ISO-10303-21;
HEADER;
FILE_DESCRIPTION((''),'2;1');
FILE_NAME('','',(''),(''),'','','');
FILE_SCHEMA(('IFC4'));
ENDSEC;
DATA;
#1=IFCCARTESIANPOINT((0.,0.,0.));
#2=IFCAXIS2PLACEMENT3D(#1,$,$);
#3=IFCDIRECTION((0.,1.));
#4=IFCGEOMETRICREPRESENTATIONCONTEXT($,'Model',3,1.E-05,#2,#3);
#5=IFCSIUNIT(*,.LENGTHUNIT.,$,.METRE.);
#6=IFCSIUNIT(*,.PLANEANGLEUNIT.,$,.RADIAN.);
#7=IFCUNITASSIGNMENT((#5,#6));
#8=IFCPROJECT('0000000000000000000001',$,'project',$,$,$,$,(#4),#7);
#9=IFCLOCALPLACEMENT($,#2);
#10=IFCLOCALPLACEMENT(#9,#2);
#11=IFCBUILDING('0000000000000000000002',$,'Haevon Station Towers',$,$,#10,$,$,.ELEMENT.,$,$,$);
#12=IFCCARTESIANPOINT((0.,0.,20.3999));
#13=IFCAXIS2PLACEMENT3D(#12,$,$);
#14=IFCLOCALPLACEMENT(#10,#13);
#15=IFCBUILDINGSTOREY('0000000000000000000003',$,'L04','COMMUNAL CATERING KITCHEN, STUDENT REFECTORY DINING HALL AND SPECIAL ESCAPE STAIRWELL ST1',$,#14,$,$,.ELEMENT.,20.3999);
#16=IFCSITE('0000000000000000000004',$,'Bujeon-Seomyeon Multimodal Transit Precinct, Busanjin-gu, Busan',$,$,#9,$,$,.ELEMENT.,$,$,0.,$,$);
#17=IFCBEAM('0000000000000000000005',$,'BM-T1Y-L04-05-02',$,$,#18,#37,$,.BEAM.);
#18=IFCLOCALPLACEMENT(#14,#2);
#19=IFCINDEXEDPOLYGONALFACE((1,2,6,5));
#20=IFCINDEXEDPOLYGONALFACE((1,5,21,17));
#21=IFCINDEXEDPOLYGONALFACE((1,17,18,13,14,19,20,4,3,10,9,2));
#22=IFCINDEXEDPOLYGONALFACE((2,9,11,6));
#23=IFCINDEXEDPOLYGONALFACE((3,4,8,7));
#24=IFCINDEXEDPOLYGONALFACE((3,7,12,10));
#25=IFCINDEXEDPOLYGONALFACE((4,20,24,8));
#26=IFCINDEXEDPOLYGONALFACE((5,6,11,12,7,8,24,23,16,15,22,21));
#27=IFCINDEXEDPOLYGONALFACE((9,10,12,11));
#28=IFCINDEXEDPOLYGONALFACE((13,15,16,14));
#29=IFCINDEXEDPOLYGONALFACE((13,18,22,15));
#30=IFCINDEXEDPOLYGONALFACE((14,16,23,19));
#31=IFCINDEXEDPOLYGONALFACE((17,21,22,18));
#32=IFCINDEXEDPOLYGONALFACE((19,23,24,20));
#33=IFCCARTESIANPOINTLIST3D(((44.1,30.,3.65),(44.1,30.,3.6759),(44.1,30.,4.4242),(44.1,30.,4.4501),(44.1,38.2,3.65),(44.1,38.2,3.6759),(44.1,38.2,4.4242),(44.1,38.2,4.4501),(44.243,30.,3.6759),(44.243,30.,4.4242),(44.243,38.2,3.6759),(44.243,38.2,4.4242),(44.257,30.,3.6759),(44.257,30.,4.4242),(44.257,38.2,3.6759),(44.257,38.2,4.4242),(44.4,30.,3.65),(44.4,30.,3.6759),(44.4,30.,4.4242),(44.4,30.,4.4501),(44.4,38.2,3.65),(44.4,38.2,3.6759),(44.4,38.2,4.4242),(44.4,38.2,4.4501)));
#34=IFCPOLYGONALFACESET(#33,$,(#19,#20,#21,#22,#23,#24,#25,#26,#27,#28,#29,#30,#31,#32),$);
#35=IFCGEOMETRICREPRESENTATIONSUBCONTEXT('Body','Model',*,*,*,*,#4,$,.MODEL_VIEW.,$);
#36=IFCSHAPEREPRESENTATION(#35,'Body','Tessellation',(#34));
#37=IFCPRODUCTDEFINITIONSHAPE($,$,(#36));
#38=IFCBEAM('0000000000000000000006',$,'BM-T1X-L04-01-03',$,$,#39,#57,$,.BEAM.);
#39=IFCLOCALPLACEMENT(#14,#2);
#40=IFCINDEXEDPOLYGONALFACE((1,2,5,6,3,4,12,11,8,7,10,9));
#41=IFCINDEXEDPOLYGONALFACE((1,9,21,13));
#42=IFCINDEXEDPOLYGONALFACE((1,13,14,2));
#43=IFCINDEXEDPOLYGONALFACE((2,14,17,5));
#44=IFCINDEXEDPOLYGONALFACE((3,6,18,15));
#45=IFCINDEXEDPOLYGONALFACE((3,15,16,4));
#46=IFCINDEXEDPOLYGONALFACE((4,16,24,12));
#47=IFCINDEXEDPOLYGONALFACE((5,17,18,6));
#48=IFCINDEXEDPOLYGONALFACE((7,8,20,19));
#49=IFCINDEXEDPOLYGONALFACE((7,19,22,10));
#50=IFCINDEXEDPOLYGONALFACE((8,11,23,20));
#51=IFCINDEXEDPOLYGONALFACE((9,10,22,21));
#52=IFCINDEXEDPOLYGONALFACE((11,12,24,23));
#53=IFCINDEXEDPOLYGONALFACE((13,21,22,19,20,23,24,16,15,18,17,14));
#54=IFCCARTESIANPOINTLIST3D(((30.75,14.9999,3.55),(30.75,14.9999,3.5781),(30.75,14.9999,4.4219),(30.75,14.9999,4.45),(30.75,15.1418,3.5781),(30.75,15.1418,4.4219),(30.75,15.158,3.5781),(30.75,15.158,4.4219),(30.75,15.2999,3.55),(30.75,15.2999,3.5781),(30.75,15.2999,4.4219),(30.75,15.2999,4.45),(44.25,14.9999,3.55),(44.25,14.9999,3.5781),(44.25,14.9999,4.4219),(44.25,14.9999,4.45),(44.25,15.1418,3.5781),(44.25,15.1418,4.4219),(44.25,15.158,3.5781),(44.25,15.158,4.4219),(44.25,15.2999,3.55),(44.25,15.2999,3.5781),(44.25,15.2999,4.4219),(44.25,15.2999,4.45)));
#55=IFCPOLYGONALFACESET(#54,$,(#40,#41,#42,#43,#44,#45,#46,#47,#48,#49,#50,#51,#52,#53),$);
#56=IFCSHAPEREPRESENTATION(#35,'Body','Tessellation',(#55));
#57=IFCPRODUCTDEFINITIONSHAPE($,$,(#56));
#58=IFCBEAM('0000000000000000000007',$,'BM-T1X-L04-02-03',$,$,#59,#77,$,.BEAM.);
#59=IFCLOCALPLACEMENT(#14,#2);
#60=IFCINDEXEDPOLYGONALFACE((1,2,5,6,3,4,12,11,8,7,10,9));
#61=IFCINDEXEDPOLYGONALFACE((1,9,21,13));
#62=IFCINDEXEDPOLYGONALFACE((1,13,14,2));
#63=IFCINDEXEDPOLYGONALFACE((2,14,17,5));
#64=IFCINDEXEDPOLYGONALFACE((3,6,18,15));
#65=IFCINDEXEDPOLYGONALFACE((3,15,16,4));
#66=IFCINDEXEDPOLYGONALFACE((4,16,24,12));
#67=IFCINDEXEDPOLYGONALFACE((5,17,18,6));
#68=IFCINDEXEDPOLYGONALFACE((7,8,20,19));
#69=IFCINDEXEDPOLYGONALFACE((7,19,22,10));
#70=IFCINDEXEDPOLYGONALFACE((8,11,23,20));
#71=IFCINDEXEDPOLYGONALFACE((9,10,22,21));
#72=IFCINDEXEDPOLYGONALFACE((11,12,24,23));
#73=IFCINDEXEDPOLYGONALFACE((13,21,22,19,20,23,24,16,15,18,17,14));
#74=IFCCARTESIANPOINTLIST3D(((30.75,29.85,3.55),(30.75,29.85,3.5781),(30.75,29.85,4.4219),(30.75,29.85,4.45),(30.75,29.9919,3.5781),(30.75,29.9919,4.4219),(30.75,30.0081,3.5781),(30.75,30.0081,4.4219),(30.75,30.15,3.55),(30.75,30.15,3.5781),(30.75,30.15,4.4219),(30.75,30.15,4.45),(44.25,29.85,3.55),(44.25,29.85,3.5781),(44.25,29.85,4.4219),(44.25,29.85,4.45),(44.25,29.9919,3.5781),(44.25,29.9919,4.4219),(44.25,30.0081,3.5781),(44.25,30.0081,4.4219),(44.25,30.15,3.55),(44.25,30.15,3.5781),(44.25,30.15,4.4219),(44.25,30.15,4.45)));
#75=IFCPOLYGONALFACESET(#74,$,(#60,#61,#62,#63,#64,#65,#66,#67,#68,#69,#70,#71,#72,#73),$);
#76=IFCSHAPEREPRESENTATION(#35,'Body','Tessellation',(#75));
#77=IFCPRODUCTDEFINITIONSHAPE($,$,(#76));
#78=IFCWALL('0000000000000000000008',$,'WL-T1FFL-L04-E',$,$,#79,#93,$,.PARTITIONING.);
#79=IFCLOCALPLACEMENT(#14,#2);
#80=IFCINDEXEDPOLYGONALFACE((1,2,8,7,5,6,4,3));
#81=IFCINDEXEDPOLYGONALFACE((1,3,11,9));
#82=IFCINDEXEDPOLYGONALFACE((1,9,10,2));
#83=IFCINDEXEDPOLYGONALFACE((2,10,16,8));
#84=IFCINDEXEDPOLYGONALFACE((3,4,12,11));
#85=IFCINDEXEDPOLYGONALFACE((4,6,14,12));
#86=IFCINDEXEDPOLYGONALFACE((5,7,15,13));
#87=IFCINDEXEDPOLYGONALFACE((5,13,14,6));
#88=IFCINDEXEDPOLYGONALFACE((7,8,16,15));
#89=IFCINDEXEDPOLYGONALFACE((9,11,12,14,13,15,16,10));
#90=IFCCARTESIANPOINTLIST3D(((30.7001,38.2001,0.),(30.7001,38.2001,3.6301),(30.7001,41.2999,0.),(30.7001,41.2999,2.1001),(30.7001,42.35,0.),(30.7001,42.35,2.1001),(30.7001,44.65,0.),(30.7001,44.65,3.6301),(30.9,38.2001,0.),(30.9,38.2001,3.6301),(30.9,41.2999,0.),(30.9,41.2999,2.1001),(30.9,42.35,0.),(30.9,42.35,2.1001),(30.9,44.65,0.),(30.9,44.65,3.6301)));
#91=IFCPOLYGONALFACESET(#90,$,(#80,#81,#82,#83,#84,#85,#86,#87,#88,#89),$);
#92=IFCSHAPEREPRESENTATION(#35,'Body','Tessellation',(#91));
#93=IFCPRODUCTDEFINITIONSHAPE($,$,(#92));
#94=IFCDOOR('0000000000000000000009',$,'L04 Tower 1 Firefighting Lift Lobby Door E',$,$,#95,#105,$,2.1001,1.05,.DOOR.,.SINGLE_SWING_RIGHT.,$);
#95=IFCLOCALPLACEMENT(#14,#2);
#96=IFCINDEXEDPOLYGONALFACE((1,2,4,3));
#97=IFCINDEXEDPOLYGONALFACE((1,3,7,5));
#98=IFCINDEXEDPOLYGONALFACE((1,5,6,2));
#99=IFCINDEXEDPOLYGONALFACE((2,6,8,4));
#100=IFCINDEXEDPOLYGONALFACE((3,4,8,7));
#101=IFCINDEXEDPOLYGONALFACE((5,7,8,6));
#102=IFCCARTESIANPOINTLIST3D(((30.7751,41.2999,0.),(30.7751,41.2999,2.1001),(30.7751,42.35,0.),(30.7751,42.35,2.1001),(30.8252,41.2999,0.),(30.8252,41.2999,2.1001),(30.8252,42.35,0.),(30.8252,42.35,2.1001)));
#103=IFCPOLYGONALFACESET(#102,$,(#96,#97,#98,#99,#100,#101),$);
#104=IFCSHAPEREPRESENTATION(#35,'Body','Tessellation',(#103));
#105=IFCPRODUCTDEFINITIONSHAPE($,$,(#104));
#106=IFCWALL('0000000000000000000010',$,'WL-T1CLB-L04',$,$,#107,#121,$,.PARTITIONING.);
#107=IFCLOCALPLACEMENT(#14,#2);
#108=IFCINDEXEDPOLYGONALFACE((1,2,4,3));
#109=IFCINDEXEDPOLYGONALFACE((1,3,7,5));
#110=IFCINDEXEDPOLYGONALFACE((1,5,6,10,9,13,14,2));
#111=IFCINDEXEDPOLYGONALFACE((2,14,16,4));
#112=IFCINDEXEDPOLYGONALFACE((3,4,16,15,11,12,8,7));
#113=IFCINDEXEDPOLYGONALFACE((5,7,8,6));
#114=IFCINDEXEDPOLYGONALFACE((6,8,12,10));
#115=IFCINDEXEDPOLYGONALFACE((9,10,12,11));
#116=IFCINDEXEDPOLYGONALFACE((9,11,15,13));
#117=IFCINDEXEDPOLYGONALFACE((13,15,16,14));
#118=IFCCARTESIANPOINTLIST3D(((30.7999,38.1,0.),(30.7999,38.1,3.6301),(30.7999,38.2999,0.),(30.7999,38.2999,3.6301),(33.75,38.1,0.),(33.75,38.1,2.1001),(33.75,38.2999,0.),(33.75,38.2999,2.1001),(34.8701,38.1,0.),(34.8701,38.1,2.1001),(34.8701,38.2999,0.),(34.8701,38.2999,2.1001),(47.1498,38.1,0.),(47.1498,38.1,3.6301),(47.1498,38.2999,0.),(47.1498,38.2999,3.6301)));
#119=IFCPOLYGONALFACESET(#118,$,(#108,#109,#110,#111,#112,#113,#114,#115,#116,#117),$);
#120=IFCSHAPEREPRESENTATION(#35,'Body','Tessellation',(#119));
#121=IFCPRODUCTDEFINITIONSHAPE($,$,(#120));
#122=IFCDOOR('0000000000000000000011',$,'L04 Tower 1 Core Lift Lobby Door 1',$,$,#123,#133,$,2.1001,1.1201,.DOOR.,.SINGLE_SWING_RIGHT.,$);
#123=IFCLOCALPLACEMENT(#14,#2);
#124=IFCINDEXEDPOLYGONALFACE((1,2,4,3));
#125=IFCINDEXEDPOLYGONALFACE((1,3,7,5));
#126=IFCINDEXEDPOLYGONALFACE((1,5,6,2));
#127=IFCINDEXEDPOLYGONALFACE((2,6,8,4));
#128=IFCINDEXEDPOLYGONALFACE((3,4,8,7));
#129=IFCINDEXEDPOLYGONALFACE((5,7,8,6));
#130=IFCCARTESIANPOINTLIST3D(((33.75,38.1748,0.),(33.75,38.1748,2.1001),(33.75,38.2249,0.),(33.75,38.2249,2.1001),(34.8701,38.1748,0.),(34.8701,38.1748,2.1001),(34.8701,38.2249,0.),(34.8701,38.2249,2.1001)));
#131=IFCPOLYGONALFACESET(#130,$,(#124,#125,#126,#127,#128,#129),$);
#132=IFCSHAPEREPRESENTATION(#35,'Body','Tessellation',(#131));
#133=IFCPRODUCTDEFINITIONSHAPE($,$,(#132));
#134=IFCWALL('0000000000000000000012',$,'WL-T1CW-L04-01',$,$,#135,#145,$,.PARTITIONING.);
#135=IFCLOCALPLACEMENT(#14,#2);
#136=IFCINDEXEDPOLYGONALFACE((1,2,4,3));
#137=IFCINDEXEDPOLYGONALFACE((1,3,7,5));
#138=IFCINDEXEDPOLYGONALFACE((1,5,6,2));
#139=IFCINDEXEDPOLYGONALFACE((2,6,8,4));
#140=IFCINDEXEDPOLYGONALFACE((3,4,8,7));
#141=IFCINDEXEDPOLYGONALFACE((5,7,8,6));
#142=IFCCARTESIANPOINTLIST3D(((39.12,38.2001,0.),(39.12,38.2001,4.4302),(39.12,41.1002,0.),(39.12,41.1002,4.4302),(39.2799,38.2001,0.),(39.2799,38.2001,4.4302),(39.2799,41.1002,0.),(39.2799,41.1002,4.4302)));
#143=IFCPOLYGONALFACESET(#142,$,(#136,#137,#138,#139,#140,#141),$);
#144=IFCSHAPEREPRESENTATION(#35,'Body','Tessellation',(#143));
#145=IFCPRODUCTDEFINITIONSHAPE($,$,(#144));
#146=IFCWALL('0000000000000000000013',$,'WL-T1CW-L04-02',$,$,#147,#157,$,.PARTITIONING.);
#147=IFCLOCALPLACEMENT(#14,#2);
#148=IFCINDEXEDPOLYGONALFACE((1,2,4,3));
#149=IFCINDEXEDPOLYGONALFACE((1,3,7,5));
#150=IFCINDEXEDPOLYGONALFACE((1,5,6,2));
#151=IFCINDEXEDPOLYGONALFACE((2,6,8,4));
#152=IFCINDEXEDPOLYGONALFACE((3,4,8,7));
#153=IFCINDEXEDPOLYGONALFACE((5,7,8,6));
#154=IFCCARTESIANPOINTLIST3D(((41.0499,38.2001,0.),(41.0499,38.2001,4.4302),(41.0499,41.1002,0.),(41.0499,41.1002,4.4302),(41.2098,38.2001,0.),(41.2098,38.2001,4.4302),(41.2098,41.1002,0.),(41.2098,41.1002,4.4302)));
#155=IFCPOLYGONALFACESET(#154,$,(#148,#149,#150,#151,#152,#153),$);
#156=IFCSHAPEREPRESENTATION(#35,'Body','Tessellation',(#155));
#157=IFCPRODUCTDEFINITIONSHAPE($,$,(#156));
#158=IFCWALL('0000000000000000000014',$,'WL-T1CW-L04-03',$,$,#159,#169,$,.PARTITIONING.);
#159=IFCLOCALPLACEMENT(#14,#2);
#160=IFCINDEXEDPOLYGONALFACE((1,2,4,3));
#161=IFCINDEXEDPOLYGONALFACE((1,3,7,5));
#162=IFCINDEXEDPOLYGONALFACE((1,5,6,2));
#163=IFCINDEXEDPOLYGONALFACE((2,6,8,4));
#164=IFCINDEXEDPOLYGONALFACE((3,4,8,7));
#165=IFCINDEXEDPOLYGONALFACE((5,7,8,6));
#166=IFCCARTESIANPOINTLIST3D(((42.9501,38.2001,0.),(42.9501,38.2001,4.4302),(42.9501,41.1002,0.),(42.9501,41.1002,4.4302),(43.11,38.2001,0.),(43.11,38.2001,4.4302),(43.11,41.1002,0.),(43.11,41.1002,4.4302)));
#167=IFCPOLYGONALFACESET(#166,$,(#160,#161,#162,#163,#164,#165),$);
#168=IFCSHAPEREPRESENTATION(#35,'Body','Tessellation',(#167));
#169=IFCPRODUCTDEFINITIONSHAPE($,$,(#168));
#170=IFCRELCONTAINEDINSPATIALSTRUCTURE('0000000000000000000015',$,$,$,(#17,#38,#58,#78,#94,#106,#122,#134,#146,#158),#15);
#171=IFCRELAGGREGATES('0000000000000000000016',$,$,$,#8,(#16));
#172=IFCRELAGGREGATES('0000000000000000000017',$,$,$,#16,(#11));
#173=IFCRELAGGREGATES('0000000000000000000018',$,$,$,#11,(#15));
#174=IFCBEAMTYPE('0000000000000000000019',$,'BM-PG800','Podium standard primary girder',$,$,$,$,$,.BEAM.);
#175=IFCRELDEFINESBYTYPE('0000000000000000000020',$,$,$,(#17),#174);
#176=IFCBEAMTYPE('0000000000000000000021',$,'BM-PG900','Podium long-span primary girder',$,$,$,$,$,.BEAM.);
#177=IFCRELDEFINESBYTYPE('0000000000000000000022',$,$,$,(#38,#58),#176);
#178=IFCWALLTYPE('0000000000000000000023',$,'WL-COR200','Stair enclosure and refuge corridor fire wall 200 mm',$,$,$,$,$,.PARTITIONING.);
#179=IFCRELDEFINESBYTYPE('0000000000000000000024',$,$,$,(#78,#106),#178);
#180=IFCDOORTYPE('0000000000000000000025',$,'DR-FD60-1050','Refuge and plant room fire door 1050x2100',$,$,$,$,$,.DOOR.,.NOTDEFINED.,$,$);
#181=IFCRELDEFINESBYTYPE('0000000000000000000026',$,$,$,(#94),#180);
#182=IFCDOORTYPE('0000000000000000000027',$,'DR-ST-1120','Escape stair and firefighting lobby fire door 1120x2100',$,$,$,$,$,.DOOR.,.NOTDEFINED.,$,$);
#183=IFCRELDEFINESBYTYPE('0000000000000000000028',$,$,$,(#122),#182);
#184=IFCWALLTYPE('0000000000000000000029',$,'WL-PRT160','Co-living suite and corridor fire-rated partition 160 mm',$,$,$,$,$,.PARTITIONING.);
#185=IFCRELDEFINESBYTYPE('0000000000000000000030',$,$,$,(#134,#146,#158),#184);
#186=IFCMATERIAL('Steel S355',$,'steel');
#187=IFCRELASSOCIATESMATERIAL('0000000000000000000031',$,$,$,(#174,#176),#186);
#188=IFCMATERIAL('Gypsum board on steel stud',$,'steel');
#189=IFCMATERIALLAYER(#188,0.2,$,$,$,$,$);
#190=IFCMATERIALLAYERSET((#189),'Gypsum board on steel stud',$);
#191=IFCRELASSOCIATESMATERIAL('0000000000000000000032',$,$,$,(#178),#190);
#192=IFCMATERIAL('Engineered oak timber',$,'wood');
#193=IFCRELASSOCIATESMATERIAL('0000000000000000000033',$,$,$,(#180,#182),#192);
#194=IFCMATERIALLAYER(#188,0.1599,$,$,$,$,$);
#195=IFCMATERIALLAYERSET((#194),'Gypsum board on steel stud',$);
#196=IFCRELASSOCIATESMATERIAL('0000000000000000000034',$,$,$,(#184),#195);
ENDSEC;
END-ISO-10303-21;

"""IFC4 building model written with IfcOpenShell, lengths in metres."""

from ifc_helpers import new_model, si_unit, direction, frame, frame_2d, origin, origin_2d, place, context, subcontext, project, spatial, rectangle, i_section, extrude, material, layer, layer_set, material_profile, profile_set, type_object, element, fill, save


model = new_model("IFC4")

# Units and contexts
model_context = context("Model", 3, precision=1e-05, world=origin(), true_north=direction((0.0, 1.0)))
body_context = subcontext(model_context, "Body", "Model", "MODEL_VIEW")
ifc_project = project(units=[si_unit("LENGTHUNIT", "METRE"), si_unit("PLANEANGLEUNIT", "RADIAN")], contexts=[model_context])

# Site, building, storey
site_placement = place(None, origin())
site = spatial("IfcSite", under=ifc_project, at=site_placement, Name="Bujeon-Seomyeon Multimodal Transit Precinct, Busanjin-gu, Busan", CompositionType="ELEMENT", RefElevation=0.0)
building_placement = place(site_placement, origin())
building = spatial("IfcBuilding", under=site, at=building_placement, Name="Haevon Station Towers", CompositionType="ELEMENT")
storey_placement = place(building_placement, frame((0.0, 0.0, 20.3999)))
storey = spatial("IfcBuildingStorey", under=building, at=storey_placement, Name="L04", Description="COMMUNAL CATERING KITCHEN, STUDENT REFECTORY DINING HALL AND SPECIAL ESCAPE STAIRWELL ST1", CompositionType="ELEMENT", Elevation=20.3999)

# Beams
ifc_material_1 = material(Name="Steel S355", Category="steel")
ifc_material_profile_1 = material_profile(ifc_material_1, i_section(OverallWidth=0.3, OverallDepth=0.8, WebThickness=0.0139, FlangeThickness=0.0259, at=origin_2d()), Name="H-800x300x14x26")
ifc_profile_set_1 = profile_set([ifc_material_profile_1], Name="Steel S355")
beam_type_1 = type_object("IfcBeamType", Name="BM-PG800", Description="Podium standard primary girder", PredefinedType="BEAM", material=ifc_profile_set_1)
beam_1_placement = place(storey_placement, frame((44.25, 30.0, 4.05), z_axis=(0.0, 1.0, 0.0), x_axis=(-1.0, 0.0, 0.0)))
element("IfcBeam", 1, at=beam_1_placement, inside=storey, type_object=beam_type_1, Name="BM-T1Y-L04-05-02", PredefinedType="BEAM", context=body_context, shape_type="SweptSolid", body=[
    extrude(i_section(OverallWidth=0.3, OverallDepth=0.8, WebThickness=0.0139, FlangeThickness=0.0259, at=origin_2d()), origin(), (0.0, 0.0, 1.0), 8.2),
])
ifc_material_profile_2 = material_profile(ifc_material_1, i_section(OverallWidth=0.3, OverallDepth=0.8999, WebThickness=0.0161, FlangeThickness=0.0281, at=origin_2d()), Name="H-900x300x16x28")
ifc_profile_set_2 = profile_set([ifc_material_profile_2], Name="Steel S355")
beam_type_2 = type_object("IfcBeamType", Name="BM-PG900", Description="Podium long-span primary girder", PredefinedType="BEAM", material=ifc_profile_set_2)
for number, where, z_axis, x_axis, name in (
    (2, (30.75, 15.1499, 4.0), (1.0, 0.0, 0.0), (0.0, 1.0, 0.0), "BM-T1X-L04-01-03"),
    (3, (30.75, 30.0, 4.0), (1.0, 0.0, 0.0), (0.0, 1.0, 0.0), "BM-T1X-L04-02-03"),
):
    element("IfcBeam", number, at=place(storey_placement, frame(where, z_axis=z_axis, x_axis=x_axis)), inside=storey, type_object=beam_type_2, Name=name, PredefinedType="BEAM", context=body_context, shape_type="SweptSolid", body=[
        extrude(i_section(OverallWidth=0.3, OverallDepth=0.8999, WebThickness=0.0161, FlangeThickness=0.0281, at=origin_2d()), origin(), (0.0, 0.0, 1.0), 13.5),
    ])

# Walls, openings, doors
ifc_material_2 = material(Name="Gypsum board on steel stud", Category="steel")
ifc_layer_1 = layer(ifc_material_2, 0.2)
ifc_layer_set_1 = layer_set([ifc_layer_1], Name="Gypsum board on steel stud")
wall_type_1 = type_object("IfcWallType", Name="WL-COR200", Description="Stair enclosure and refuge corridor fire wall 200 mm", PredefinedType="PARTITIONING", material=ifc_layer_set_1)
wall_1_placement = place(storey_placement, frame((30.8, 38.2, 0.0), z_axis=(0.0, 0.0, 1.0), x_axis=(0.0, 1.0, 0.0)))
wall_1 = element("IfcWall", 4, at=wall_1_placement, inside=storey, type_object=wall_type_1, Name="WL-T1FFL-L04-E", PredefinedType="PARTITIONING", context=body_context, shape_type="SweptSolid", body=[
    extrude(rectangle(XDim=6.45, YDim=0.2, at=frame_2d((3.2251, 0.0))), origin(), (0.0, 0.0, 1.0), 3.6301),
])
opening_1_placement = place(wall_1_placement, frame((3.1001, 0.0, 0.0)))
opening_1 = element("IfcOpeningElement", 5, at=opening_1_placement, cuts=wall_1, PredefinedType="OPENING", context=body_context, shape_type="SweptSolid", body=[
    extrude(rectangle(XDim=1.05, YDim=2.1001, at=frame_2d((0.5249, 1.05))), frame((0.0, 0.1099, 0.0), z_axis=(0.0, -1.0, 0.0), x_axis=(1.0, 0.0, 0.0)), (0.0, 0.0, 1.0), 0.22),
])
ifc_material_3 = material(Name="Engineered oak timber", Category="wood")
door_type_1 = type_object("IfcDoorType", Name="DR-FD60-1050", Description="Refuge and plant room fire door 1050x2100", OperationType="NOTDEFINED", PredefinedType="DOOR", material=ifc_material_3)
door_1_placement = place(opening_1_placement, origin())
door_1 = element("IfcDoor", 6, at=door_1_placement, inside=storey, type_object=door_type_1, Name="L04 Tower 1 Firefighting Lift Lobby Door E", OperationType="SINGLE_SWING_RIGHT", OverallHeight=2.1001, OverallWidth=1.05, PredefinedType="DOOR", context=body_context, shape_type="SweptSolid", body=[
    extrude(rectangle(XDim=1.05, YDim=2.1001, at=frame_2d((0.5249, 1.05))), frame((0.0, 0.0249, 0.0), z_axis=(0.0, -1.0, 0.0), x_axis=(1.0, 0.0, 0.0)), (0.0, 0.0, 1.0), 0.05),
])
fill(opening_1, door_1)
wall_2_placement = place(storey_placement, frame((30.8, 38.2, 0.0), z_axis=(0.0, 0.0, 1.0), x_axis=(1.0, 0.0, 0.0)))
wall_2 = element("IfcWall", 7, at=wall_2_placement, inside=storey, type_object=wall_type_1, Name="WL-T1CLB-L04", PredefinedType="PARTITIONING", context=body_context, shape_type="SweptSolid", body=[
    extrude(rectangle(XDim=16.3499, YDim=0.2, at=frame_2d((8.1748, 0.0))), origin(), (0.0, 0.0, 1.0), 3.6301),
])
opening_2_placement = place(wall_2_placement, frame((2.95, 0.0, 0.0)))
opening_2 = element("IfcOpeningElement", 8, at=opening_2_placement, cuts=wall_2, PredefinedType="OPENING", context=body_context, shape_type="SweptSolid", body=[
    extrude(rectangle(XDim=1.1201, YDim=2.1001, at=frame_2d((0.5601, 1.05))), frame((0.0, 0.1099, 0.0), z_axis=(0.0, -1.0, 0.0), x_axis=(1.0, 0.0, 0.0)), (0.0, 0.0, 1.0), 0.22),
])
door_type_2 = type_object("IfcDoorType", Name="DR-ST-1120", Description="Escape stair and firefighting lobby fire door 1120x2100", OperationType="NOTDEFINED", PredefinedType="DOOR", material=ifc_material_3)
door_2_placement = place(opening_2_placement, origin())
door_2 = element("IfcDoor", 9, at=door_2_placement, inside=storey, type_object=door_type_2, Name="L04 Tower 1 Core Lift Lobby Door 1", OperationType="SINGLE_SWING_RIGHT", OverallHeight=2.1001, OverallWidth=1.1201, PredefinedType="DOOR", context=body_context, shape_type="SweptSolid", body=[
    extrude(rectangle(XDim=1.1201, YDim=2.1001, at=frame_2d((0.5601, 1.05))), frame((0.0, 0.0249, 0.0), z_axis=(0.0, -1.0, 0.0), x_axis=(1.0, 0.0, 0.0)), (0.0, 0.0, 1.0), 0.05),
])
fill(opening_2, door_2)

# Walls
ifc_layer_2 = layer(ifc_material_2, 0.1599)
ifc_layer_set_2 = layer_set([ifc_layer_2], Name="Gypsum board on steel stud")
wall_type_2 = type_object("IfcWallType", Name="WL-PRT160", Description="Co-living suite and corridor fire-rated partition 160 mm", PredefinedType="PARTITIONING", material=ifc_layer_set_2)
for number, where, z_axis, x_axis, name in (
    (10, (39.2, 38.2, 0.0), (0.0, 0.0, 1.0), (0.0, 1.0, 0.0), "WL-T1CW-L04-01"),
    (11, (41.1299, 38.2, 0.0), (0.0, 0.0, 1.0), (0.0, 1.0, 0.0), "WL-T1CW-L04-02"),
    (12, (43.03, 38.2, 0.0), (0.0, 0.0, 1.0), (0.0, 1.0, 0.0), "WL-T1CW-L04-03"),
):
    element("IfcWall", number, at=place(storey_placement, frame(where, z_axis=z_axis, x_axis=x_axis)), inside=storey, type_object=wall_type_2, Name=name, PredefinedType="PARTITIONING", context=body_context, shape_type="SweptSolid", body=[
        extrude(rectangle(XDim=2.9001, YDim=0.1599, at=frame_2d((1.4502, 0.0))), origin(), (0.0, 0.0, 1.0), 4.4302),
    ])

save(model, "model.ifc")
